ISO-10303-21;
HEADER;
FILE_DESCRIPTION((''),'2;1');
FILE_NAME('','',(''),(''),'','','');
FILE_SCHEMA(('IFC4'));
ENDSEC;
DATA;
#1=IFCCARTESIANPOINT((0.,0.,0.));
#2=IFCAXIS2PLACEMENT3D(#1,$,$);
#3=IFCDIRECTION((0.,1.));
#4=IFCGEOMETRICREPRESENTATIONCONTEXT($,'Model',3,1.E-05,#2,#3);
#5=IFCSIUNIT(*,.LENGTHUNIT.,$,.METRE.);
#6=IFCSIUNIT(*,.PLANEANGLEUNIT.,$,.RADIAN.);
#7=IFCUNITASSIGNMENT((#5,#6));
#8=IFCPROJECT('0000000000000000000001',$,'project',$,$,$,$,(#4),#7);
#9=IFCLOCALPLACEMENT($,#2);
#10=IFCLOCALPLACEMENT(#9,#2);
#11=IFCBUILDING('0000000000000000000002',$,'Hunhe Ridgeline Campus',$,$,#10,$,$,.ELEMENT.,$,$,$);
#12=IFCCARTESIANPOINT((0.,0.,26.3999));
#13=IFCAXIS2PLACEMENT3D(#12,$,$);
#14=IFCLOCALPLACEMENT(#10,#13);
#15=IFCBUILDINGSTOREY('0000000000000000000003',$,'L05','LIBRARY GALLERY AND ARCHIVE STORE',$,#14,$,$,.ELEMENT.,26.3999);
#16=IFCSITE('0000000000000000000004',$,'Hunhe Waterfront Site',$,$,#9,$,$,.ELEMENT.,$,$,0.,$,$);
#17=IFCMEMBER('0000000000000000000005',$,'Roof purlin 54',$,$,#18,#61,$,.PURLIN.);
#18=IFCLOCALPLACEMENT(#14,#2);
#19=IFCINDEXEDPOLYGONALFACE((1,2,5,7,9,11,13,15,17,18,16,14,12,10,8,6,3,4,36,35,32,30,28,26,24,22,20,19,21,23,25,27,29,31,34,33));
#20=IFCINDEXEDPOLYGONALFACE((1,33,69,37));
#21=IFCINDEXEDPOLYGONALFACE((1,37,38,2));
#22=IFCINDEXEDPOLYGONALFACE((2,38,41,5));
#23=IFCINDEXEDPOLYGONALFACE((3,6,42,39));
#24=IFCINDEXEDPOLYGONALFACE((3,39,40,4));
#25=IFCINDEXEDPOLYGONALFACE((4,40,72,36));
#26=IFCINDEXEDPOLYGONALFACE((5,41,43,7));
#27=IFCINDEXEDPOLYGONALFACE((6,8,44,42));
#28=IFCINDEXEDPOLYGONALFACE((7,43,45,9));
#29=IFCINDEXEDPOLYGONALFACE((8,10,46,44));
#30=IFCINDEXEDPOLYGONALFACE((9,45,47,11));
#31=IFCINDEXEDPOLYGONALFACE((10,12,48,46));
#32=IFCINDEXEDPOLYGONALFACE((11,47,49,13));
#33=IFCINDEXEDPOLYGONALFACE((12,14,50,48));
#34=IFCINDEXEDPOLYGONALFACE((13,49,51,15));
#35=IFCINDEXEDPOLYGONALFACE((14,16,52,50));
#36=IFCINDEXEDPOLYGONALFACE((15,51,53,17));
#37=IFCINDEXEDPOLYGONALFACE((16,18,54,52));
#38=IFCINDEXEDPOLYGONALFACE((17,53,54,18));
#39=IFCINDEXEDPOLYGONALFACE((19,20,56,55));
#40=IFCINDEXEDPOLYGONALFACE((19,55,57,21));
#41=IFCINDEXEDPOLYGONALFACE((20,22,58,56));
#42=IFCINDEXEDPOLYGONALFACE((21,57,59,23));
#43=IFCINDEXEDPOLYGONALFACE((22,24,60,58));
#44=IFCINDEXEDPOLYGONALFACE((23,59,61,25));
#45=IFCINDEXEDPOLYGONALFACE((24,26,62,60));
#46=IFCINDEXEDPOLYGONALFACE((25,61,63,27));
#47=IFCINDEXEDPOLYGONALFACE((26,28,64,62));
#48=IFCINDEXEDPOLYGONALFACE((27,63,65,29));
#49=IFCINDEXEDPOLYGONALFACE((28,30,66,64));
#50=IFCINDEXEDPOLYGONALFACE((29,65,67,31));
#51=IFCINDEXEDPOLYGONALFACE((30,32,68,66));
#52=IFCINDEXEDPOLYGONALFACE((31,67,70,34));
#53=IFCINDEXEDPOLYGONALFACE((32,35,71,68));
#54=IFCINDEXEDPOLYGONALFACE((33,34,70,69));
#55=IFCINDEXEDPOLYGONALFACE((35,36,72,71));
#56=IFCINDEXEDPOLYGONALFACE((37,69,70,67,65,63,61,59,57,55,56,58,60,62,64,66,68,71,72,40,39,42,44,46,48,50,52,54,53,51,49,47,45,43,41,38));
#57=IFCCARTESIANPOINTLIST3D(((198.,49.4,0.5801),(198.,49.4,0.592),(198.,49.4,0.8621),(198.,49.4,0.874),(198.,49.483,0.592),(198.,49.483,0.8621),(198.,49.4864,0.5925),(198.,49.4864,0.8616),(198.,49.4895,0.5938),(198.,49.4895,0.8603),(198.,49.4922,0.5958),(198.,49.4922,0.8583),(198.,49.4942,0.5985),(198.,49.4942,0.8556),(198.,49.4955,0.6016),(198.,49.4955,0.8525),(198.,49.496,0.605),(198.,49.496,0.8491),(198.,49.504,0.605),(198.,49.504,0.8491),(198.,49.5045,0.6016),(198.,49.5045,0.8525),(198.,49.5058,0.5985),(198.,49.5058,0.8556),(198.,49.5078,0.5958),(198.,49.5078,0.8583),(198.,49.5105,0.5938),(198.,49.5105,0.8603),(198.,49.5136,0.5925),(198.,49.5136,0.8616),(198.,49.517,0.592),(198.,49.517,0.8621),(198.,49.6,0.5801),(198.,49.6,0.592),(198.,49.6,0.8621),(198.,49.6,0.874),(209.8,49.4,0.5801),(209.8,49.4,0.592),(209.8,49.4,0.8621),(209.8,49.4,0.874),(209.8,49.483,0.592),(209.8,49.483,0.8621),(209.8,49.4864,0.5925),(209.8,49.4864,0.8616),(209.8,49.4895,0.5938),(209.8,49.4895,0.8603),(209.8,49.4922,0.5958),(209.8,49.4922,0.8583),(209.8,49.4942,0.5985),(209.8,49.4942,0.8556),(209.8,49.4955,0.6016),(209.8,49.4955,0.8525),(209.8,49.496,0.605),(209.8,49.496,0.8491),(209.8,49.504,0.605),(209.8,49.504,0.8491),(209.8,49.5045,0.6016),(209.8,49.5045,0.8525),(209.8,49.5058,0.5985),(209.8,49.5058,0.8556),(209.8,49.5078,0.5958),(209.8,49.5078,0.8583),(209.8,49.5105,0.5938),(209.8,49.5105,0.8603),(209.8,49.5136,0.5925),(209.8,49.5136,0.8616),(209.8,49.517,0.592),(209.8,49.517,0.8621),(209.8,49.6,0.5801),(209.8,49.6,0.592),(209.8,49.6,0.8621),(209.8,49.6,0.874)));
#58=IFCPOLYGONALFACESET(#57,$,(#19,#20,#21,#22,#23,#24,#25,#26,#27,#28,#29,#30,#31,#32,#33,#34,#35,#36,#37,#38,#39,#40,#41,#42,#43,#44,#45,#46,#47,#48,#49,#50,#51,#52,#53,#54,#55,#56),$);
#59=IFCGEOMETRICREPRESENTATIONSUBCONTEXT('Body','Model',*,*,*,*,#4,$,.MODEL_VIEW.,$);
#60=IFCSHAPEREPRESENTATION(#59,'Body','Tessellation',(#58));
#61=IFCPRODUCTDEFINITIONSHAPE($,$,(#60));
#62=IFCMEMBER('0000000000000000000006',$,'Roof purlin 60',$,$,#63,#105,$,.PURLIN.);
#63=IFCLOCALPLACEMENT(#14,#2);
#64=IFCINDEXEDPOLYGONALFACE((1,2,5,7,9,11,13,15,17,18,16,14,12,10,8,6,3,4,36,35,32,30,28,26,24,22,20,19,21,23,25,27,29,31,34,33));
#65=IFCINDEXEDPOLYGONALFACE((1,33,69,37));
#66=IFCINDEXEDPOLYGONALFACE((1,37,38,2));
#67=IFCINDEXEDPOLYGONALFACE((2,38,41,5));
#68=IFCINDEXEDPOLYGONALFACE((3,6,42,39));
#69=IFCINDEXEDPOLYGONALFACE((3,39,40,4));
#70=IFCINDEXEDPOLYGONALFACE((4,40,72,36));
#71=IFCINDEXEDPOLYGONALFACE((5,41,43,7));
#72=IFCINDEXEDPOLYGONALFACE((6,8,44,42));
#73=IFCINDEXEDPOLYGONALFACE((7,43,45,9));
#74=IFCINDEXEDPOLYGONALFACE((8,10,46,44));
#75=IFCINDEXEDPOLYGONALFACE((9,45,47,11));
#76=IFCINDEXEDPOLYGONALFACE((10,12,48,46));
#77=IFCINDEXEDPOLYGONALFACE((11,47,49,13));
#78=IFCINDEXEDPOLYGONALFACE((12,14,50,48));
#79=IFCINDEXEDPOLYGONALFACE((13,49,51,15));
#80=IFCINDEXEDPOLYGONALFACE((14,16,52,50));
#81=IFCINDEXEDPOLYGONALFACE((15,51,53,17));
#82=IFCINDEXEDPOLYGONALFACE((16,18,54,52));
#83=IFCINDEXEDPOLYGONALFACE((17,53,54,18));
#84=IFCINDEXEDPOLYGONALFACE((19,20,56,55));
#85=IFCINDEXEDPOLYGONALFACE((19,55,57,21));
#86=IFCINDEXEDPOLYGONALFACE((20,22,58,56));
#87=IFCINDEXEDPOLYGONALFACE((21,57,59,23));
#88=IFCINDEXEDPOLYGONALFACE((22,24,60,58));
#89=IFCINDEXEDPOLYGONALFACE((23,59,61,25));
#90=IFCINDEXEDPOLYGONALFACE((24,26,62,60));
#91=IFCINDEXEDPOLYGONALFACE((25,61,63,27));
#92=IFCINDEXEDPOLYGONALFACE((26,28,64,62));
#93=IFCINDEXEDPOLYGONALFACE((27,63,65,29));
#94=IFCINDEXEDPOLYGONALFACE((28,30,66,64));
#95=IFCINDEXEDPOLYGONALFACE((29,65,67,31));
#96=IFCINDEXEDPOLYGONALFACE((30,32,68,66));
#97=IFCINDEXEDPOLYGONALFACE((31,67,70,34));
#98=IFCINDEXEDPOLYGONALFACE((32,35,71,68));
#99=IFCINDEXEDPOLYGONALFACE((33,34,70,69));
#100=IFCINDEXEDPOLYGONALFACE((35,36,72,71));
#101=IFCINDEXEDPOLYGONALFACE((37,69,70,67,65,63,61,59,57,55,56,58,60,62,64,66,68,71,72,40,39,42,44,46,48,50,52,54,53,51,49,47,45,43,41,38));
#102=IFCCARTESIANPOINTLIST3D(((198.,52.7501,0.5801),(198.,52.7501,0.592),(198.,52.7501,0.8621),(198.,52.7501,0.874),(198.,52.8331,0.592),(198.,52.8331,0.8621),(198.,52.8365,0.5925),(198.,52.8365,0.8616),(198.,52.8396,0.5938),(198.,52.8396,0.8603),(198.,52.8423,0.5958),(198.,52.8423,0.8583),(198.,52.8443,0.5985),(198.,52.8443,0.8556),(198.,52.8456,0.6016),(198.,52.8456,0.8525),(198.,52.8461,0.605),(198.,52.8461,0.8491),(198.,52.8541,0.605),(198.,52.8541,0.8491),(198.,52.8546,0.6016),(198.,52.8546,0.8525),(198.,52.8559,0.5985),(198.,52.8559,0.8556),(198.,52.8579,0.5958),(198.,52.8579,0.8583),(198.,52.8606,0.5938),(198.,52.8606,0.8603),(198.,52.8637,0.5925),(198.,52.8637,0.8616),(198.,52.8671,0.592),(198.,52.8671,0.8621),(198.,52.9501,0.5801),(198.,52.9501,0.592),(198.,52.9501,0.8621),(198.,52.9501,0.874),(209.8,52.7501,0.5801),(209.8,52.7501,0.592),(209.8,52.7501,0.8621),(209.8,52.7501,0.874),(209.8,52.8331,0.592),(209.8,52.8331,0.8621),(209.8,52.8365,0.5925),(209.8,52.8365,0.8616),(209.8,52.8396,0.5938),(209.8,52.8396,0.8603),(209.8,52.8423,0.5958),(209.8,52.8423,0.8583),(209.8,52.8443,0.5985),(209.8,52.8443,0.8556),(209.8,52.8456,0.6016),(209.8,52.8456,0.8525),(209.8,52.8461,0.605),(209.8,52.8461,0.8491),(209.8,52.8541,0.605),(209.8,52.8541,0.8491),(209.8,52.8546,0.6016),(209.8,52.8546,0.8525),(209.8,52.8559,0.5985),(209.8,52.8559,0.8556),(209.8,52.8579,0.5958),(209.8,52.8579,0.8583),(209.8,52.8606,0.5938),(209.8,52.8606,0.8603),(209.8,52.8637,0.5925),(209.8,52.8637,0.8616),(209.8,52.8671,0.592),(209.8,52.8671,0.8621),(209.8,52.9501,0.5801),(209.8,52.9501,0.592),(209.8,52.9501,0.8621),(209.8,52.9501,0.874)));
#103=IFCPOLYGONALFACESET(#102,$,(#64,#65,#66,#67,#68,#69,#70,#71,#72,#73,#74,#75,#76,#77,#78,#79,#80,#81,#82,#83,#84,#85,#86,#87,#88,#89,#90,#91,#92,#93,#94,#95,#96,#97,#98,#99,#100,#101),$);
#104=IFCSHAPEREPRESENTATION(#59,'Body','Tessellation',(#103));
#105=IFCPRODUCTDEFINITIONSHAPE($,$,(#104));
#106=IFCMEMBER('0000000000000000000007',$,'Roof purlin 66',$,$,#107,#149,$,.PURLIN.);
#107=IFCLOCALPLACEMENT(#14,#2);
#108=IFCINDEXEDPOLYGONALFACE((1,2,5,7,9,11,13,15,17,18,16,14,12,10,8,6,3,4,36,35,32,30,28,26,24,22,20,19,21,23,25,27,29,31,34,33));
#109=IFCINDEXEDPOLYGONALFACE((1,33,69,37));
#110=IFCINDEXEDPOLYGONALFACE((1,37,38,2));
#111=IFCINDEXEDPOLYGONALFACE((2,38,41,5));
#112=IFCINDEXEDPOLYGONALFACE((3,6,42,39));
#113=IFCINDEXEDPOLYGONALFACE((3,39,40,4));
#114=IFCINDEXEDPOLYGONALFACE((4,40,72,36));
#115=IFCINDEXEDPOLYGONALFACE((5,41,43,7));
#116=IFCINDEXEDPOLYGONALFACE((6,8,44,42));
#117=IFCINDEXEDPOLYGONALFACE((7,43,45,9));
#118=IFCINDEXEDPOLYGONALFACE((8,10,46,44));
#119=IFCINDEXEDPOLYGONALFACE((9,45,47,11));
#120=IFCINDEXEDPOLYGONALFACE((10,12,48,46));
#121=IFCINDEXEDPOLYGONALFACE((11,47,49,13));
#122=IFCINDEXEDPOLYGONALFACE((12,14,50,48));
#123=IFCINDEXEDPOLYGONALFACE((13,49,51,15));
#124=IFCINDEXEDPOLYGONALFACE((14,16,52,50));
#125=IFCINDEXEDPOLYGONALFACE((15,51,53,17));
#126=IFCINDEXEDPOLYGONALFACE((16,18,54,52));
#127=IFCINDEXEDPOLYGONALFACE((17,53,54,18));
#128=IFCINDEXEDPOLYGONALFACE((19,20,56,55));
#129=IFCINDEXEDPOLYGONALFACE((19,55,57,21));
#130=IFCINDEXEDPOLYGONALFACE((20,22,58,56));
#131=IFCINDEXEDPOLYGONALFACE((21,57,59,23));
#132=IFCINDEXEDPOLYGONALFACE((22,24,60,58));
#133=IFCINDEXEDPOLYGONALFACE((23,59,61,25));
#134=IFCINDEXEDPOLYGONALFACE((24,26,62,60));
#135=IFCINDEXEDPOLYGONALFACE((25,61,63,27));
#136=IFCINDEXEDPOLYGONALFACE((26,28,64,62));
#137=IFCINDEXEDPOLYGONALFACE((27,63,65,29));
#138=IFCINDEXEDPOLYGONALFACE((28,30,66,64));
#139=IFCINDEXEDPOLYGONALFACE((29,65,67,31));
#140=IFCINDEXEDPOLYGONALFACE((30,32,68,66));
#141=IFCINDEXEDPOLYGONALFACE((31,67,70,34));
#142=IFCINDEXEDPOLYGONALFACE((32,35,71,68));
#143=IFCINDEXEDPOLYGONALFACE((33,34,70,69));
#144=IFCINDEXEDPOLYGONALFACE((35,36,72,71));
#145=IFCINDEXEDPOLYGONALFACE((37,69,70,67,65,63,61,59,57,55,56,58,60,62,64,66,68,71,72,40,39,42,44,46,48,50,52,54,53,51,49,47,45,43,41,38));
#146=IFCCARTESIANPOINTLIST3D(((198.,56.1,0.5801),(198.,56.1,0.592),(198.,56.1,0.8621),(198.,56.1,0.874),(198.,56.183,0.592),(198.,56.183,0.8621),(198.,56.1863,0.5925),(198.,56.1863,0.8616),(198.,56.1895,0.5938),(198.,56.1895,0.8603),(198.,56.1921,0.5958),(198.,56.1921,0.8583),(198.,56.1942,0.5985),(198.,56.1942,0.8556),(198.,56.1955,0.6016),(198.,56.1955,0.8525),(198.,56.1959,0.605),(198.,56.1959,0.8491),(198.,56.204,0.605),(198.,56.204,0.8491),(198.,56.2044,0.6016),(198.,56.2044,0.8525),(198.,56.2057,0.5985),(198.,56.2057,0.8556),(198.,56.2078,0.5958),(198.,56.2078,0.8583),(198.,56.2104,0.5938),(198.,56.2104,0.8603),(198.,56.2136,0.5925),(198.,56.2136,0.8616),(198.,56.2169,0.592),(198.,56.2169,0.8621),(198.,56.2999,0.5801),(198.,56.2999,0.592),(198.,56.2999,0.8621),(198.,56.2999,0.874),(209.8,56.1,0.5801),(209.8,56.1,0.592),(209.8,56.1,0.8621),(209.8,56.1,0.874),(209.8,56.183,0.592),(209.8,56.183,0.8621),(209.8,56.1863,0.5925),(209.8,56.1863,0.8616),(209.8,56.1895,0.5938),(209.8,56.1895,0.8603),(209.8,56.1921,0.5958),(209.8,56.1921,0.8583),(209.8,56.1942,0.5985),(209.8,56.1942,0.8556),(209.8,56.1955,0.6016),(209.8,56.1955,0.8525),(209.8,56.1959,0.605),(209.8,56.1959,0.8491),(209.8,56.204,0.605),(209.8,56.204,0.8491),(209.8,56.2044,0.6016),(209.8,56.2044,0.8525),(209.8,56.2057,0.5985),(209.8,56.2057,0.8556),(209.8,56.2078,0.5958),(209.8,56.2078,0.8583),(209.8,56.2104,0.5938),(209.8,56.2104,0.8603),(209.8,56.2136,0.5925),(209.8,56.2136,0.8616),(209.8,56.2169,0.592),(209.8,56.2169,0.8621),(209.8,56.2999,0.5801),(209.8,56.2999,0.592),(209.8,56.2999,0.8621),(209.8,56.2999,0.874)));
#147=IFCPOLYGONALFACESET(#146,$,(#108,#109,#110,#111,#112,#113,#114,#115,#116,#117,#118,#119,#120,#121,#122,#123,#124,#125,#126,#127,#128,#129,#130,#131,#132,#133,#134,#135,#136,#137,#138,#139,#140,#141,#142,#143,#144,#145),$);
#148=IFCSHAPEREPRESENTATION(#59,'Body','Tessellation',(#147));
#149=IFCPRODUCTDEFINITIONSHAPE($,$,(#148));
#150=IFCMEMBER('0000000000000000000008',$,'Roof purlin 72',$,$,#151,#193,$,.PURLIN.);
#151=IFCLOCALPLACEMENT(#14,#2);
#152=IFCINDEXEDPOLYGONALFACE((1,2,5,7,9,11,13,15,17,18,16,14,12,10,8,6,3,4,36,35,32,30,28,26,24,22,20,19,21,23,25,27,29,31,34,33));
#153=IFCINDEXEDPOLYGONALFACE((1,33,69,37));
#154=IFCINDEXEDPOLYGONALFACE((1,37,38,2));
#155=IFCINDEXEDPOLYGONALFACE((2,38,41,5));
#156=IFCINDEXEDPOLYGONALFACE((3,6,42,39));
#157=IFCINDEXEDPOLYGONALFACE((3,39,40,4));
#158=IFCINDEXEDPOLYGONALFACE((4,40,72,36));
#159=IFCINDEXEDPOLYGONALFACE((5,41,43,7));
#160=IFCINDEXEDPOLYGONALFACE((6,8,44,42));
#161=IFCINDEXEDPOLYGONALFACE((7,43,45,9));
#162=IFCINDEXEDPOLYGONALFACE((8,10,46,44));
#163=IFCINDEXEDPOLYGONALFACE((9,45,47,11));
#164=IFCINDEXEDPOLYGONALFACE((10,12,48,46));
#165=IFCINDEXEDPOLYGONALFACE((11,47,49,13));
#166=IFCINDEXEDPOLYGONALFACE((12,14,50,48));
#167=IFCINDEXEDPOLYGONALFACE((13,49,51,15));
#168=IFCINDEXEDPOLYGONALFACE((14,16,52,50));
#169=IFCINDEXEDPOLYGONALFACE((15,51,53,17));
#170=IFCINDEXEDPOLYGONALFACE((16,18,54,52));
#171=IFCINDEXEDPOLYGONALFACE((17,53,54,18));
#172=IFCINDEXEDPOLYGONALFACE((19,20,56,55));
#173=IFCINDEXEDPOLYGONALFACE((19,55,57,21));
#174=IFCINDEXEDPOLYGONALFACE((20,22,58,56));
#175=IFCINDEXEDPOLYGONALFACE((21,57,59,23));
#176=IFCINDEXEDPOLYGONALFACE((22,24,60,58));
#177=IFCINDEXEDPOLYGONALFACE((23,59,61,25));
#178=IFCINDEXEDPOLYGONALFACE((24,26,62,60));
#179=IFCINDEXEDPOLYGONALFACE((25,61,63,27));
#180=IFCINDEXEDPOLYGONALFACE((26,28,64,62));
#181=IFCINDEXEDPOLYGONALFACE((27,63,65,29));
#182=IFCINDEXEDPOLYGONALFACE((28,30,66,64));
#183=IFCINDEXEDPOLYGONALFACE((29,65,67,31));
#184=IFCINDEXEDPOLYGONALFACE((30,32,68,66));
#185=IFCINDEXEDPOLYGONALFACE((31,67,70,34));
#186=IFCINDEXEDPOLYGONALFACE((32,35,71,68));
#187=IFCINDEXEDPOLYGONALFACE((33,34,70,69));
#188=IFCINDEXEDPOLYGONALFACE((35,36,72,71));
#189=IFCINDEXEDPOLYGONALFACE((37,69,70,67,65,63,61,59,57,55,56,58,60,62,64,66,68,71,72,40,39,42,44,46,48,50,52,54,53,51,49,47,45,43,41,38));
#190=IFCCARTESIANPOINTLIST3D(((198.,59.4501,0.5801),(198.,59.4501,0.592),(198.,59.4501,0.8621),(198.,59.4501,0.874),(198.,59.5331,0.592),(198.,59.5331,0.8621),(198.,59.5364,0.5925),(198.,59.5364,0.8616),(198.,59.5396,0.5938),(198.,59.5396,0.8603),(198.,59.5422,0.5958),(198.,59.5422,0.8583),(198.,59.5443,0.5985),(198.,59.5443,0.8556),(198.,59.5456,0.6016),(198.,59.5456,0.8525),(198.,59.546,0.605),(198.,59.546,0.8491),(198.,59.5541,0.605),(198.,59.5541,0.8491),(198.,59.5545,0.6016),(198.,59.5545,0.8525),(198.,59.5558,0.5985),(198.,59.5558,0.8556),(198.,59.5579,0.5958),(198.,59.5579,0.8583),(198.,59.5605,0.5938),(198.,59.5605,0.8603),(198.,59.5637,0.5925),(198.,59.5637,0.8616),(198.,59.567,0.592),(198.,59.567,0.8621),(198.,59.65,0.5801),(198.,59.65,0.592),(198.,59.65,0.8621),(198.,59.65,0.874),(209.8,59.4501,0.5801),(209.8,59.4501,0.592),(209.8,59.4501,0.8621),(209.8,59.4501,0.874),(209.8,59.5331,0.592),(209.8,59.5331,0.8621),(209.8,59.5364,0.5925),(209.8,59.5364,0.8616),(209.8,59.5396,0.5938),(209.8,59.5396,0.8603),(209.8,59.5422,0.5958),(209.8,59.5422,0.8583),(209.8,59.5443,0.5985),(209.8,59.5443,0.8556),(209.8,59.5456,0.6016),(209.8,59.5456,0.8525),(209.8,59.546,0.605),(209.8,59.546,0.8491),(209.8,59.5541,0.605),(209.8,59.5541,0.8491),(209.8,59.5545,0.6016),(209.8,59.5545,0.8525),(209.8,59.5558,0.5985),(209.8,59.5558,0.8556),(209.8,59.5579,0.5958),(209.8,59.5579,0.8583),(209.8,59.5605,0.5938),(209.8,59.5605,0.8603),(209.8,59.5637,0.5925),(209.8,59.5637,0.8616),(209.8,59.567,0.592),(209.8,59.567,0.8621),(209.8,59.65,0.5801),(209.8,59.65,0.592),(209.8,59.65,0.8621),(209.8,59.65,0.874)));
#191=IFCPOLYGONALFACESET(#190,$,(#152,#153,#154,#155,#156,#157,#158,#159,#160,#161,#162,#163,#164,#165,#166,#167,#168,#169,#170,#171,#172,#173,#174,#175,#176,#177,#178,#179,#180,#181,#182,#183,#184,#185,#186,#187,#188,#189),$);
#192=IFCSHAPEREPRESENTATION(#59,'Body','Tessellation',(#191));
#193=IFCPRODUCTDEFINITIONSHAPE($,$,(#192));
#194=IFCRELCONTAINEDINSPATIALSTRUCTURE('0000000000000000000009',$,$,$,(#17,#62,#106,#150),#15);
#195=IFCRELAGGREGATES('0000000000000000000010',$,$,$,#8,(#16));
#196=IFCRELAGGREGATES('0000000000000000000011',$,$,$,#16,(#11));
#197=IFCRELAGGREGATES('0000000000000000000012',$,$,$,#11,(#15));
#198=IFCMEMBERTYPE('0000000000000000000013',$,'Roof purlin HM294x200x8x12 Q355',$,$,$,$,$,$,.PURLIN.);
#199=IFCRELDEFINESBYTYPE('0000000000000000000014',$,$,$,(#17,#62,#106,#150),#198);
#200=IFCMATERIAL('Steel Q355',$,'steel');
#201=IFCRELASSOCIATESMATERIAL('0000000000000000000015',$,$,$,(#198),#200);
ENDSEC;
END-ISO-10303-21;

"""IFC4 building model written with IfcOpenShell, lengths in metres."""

from ifc_helpers import new_model, si_unit, direction, frame, origin, origin_2d, place, context, subcontext, project, spatial, i_section, extrude, material, material_profile, profile_set, type_object, element, save


model = new_model("IFC4")

# Units and contexts
model_context = context("Model", 3, precision=1e-05, world=origin(), true_north=direction((0.0, 1.0)))
body_context = subcontext(model_context, "Body", "Model", "MODEL_VIEW")
ifc_project = project(units=[si_unit("LENGTHUNIT", "METRE"), si_unit("PLANEANGLEUNIT", "RADIAN")], contexts=[model_context])

# Site, building, storey
site_placement = place(None, origin())
site = spatial("IfcSite", under=ifc_project, at=site_placement, Name="Hunhe Waterfront Site", CompositionType="ELEMENT", RefElevation=0.0)
building_placement = place(site_placement, origin())
building = spatial("IfcBuilding", under=site, at=building_placement, Name="Hunhe Ridgeline Campus", CompositionType="ELEMENT")
storey_placement = place(building_placement, frame((0.0, 0.0, 26.3999)))
storey = spatial("IfcBuildingStorey", under=building, at=storey_placement, Name="L05", Description="LIBRARY GALLERY AND ARCHIVE STORE", CompositionType="ELEMENT", Elevation=26.3999)

# Members
ifc_material = material(Name="Steel Q355", Category="steel")
ifc_material_profile_1 = material_profile(ifc_material, i_section(OverallWidth=0.2, OverallDepth=0.2939, WebThickness=0.0081, FlangeThickness=0.012, FilletRadius=0.0129, at=origin_2d()))
ifc_profile_set_1 = profile_set([ifc_material_profile_1], Name="Steel Q355")
member_type_1 = type_object("IfcMemberType", Name="Roof purlin HM294x200x8x12 Q355", PredefinedType="PURLIN", material=ifc_profile_set_1)
for number, where, z_axis, x_axis, name in (
    (1, (198.0, 49.5, 0.7271), (1.0, 0.0, 0.0), (0.0, 1.0, 0.0), "Roof purlin 54"),
    (2, (198.0, 52.8501, 0.7271), (1.0, 0.0, 0.0), (0.0, 1.0, 0.0), "Roof purlin 60"),
    (3, (198.0, 56.2, 0.7271), (1.0, 0.0, 0.0), (0.0, 1.0, 0.0), "Roof purlin 66"),
    (4, (198.0, 59.55, 0.7271), (1.0, 0.0, 0.0), (0.0, 1.0, 0.0), "Roof purlin 72"),
):
    element("IfcMember", number, at=place(storey_placement, frame(where, z_axis=z_axis, x_axis=x_axis)), inside=storey, type_object=member_type_1, Name=name, PredefinedType="PURLIN", context=body_context, shape_type="SweptSolid", body=[
        extrude(i_section(OverallWidth=0.2, OverallDepth=0.2939, WebThickness=0.0081, FlangeThickness=0.012, FilletRadius=0.0129, at=origin_2d()), origin(), (0.0, 0.0, 1.0), 11.8),
    ])

save(model, "model.ifc")
